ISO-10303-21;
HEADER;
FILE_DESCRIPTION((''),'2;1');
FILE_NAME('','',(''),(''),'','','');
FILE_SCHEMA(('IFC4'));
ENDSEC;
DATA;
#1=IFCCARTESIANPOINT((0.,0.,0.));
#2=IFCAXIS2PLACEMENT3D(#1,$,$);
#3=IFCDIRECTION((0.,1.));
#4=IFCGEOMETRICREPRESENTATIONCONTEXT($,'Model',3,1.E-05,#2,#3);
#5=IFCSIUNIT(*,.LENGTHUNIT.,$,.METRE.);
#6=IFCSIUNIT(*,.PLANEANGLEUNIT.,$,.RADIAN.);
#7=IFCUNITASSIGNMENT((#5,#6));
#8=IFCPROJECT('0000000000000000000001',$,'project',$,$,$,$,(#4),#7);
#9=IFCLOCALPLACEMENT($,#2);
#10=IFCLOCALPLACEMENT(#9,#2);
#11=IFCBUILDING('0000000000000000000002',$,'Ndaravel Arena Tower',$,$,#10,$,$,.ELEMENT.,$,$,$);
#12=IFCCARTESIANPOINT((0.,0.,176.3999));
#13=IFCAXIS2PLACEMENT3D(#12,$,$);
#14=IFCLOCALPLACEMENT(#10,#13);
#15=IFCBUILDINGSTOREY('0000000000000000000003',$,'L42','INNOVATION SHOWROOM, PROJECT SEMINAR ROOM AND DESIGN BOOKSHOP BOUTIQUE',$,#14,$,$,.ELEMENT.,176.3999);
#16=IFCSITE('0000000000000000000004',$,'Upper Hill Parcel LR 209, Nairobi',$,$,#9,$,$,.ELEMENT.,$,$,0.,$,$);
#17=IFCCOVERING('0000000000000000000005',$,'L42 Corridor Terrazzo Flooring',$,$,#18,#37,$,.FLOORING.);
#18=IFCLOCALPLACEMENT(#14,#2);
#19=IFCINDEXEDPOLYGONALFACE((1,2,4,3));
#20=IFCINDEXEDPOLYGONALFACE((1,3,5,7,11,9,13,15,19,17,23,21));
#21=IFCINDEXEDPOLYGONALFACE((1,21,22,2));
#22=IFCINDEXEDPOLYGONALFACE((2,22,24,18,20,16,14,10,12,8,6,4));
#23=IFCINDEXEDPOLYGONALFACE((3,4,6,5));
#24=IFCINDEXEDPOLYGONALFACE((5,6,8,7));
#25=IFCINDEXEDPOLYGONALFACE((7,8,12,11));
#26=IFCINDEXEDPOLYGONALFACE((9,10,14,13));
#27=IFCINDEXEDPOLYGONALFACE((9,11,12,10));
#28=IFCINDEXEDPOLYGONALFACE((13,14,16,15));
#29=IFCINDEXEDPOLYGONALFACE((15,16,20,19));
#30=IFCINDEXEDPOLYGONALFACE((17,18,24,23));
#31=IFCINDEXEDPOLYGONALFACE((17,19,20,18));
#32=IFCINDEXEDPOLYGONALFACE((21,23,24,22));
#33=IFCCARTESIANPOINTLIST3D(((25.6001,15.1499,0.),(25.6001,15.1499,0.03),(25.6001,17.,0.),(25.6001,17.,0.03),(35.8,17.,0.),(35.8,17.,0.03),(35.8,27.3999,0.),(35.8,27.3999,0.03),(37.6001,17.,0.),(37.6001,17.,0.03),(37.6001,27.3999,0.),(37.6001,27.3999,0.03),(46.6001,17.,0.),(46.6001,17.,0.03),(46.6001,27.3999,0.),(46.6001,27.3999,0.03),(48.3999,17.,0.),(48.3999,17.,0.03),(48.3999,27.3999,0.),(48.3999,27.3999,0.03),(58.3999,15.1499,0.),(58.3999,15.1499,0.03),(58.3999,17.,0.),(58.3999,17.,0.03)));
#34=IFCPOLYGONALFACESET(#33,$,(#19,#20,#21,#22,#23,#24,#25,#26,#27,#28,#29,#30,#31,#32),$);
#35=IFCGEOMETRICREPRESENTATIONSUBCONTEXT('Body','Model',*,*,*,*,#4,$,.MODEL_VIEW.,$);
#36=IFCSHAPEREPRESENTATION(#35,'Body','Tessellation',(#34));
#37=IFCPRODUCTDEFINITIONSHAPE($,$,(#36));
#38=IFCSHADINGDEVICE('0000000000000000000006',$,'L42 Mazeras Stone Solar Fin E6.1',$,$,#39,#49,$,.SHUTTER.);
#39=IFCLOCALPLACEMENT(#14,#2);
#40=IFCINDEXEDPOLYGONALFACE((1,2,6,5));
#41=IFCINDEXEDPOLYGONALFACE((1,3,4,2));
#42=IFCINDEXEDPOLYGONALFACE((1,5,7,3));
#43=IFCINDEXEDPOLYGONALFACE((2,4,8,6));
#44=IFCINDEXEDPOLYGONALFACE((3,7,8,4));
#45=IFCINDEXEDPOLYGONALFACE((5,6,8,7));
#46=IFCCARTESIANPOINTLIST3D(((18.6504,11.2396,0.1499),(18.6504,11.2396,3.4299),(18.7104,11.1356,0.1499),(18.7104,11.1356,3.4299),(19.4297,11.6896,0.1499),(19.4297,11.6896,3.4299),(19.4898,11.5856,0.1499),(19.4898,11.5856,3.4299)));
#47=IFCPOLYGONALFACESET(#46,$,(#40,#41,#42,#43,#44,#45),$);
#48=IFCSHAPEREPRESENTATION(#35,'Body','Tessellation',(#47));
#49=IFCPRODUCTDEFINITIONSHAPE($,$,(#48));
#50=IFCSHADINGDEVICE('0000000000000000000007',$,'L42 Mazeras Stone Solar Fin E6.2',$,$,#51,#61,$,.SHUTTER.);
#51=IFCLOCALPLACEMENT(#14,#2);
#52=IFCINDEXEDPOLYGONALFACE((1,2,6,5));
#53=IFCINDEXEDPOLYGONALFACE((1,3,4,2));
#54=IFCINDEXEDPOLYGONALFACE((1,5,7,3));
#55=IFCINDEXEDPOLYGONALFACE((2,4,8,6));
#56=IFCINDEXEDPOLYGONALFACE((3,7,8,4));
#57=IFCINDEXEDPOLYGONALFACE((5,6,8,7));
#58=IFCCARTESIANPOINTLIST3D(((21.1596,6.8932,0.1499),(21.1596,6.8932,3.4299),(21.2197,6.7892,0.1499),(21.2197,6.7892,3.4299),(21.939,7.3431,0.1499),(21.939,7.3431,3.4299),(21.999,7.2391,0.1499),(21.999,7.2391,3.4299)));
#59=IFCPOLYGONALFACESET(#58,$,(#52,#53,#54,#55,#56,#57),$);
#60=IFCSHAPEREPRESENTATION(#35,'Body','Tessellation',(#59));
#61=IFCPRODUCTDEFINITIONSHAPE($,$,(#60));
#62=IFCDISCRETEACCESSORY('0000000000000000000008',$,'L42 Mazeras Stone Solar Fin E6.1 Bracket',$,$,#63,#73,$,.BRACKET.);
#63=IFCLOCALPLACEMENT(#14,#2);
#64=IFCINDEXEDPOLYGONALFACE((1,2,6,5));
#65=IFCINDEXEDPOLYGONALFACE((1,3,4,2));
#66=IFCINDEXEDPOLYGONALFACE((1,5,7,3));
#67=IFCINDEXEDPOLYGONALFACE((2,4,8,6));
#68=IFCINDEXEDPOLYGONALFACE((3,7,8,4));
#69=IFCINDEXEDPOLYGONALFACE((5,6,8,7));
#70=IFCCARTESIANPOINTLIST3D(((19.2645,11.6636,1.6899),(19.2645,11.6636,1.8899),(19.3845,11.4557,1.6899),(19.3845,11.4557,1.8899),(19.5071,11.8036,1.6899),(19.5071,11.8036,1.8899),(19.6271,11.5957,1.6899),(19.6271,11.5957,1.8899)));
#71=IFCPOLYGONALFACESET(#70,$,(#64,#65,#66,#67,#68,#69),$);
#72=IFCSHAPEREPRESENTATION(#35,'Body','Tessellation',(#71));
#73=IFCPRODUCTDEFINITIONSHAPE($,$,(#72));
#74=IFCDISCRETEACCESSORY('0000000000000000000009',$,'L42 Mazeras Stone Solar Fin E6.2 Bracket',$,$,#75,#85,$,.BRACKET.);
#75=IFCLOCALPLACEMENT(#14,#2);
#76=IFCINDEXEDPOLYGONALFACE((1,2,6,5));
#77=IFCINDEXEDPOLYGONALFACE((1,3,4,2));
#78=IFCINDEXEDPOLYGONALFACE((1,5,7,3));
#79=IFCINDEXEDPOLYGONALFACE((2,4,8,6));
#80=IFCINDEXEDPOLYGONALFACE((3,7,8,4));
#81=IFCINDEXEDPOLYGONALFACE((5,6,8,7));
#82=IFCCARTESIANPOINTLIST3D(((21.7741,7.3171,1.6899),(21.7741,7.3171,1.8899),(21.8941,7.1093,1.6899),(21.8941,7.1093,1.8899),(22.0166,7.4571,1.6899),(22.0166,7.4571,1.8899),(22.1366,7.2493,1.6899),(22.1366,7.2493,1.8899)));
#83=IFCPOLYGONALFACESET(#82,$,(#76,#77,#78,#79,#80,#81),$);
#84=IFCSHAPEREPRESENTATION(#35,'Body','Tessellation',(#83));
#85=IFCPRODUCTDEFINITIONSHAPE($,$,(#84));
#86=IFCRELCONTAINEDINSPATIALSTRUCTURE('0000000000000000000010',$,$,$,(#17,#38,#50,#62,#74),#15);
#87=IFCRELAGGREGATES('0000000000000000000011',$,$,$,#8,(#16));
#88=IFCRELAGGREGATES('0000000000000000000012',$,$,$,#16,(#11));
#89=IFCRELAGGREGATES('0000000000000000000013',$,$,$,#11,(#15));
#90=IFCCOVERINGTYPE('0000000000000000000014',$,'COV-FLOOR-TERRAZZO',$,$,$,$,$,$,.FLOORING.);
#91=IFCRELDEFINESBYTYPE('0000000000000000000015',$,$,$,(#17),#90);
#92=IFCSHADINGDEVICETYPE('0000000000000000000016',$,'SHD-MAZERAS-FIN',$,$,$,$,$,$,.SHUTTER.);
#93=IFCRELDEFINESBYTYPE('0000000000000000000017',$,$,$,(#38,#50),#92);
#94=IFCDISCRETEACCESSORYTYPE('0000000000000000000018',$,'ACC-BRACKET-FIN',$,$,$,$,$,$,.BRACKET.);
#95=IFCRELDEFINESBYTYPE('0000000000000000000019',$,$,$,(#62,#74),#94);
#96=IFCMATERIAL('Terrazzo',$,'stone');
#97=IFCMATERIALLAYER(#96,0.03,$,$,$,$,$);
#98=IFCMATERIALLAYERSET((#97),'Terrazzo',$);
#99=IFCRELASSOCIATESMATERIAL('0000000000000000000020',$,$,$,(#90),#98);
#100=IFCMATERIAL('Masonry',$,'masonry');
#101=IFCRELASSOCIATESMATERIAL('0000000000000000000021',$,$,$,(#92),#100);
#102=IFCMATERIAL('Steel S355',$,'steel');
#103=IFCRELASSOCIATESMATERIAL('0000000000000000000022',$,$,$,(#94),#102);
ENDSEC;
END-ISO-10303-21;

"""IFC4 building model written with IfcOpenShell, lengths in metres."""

from ifc_helpers import new_model, si_unit, direction, frame, origin, origin_2d, place, context, subcontext, project, spatial, polyline, rectangle, outline, extrude, material, layer, layer_set, type_object, element, save


model = new_model("IFC4")

# Units and contexts
model_context = context("Model", 3, precision=1e-05, world=origin(), true_north=direction((0.0, 1.0)))
body_context = subcontext(model_context, "Body", "Model", "MODEL_VIEW")
ifc_project = project(units=[si_unit("LENGTHUNIT", "METRE"), si_unit("PLANEANGLEUNIT", "RADIAN")], contexts=[model_context])

# Site, building, storey
site_placement = place(None, origin())
site = spatial("IfcSite", under=ifc_project, at=site_placement, Name="Upper Hill Parcel LR 209, Nairobi", CompositionType="ELEMENT", RefElevation=0.0)
building_placement = place(site_placement, origin())
building = spatial("IfcBuilding", under=site, at=building_placement, Name="Ndaravel Arena Tower", CompositionType="ELEMENT")
storey_placement = place(building_placement, frame((0.0, 0.0, 176.3999)))
storey = spatial("IfcBuildingStorey", under=building, at=storey_placement, Name="L42", Description="INNOVATION SHOWROOM, PROJECT SEMINAR ROOM AND DESIGN BOOKSHOP BOUTIQUE", CompositionType="ELEMENT", Elevation=176.3999)

# Covering
ifc_material_1 = material(Name="Terrazzo", Category="stone")
ifc_layer_1 = layer(ifc_material_1, 0.03)
ifc_layer_set_1 = layer_set([ifc_layer_1], Name="Terrazzo")
covering_type_1 = type_object("IfcCoveringType", Name="COV-FLOOR-TERRAZZO", PredefinedType="FLOORING", material=ifc_layer_set_1)
covering_1_placement = place(storey_placement, origin())
element("IfcCovering", 1, at=covering_1_placement, inside=storey, type_object=covering_type_1, Name="L42 Corridor Terrazzo Flooring", PredefinedType="FLOORING", context=body_context, shape_type="SweptSolid", body=[
    extrude(outline(polyline([(58.3999, 17.0), (48.3999, 17.0), (48.3999, 27.3999), (46.6001, 27.3999), (46.6001, 17.0), (37.6001, 17.0), (37.6001, 27.3999), (35.8, 27.3999), (35.8, 17.0), (25.6001, 17.0), (25.6001, 15.1499), (58.3999, 15.1499), (58.3999, 17.0)])), origin(), (0.0, 0.0, 1.0), 0.03),
])

# Shading devices
ifc_material_2 = material(Name="Masonry", Category="masonry")
shading_device_type = type_object("IfcShadingDeviceType", Name="SHD-MAZERAS-FIN", PredefinedType="SHUTTER", material=ifc_material_2)
for number, where, z_axis, x_axis, name in (
    (2, (19.0701, 11.4126, 0.1499), (0.0, 0.0, 1.0), (-0.866025, -0.5, 0.0), "L42 Mazeras Stone Solar Fin E6.1"),
    (3, (21.5793, 7.0662, 0.1499), (0.0, 0.0, 1.0), (-0.866025, -0.5, 0.0), "L42 Mazeras Stone Solar Fin E6.2"),
):
    element("IfcShadingDevice", number, at=place(storey_placement, frame(where, z_axis=z_axis, x_axis=x_axis)), inside=storey, type_object=shading_device_type, Name=name, PredefinedType="SHUTTER", context=body_context, shape_type="SweptSolid", body=[
        extrude(rectangle(XDim=0.8999, YDim=0.1201, at=origin_2d()), origin(), (0.0, 0.0, 1.0), 3.28),
    ])

# Discrete accessories
ifc_material_3 = material(Name="Steel S355", Category="steel")
discrete_accessory_type = type_object("IfcDiscreteAccessoryType", Name="ACC-BRACKET-FIN", PredefinedType="BRACKET", material=ifc_material_3)
for number, where, z_axis, x_axis, name in (
    (4, (19.4458, 11.6296, 1.6899), (0.0, 0.0, 1.0), (-0.866025, -0.5, 0.0), "L42 Mazeras Stone Solar Fin E6.1 Bracket"),
    (5, (21.9553, 7.2832, 1.6899), (0.0, 0.0, 1.0), (-0.866025, -0.5, 0.0), "L42 Mazeras Stone Solar Fin E6.2 Bracket"),
):
    element("IfcDiscreteAccessory", number, at=place(storey_placement, frame(where, z_axis=z_axis, x_axis=x_axis)), inside=storey, type_object=discrete_accessory_type, Name=name, PredefinedType="BRACKET", context=body_context, shape_type="SweptSolid", body=[
        extrude(rectangle(XDim=0.28, YDim=0.24, at=origin_2d()), origin(), (0.0, 0.0, 1.0), 0.2),
    ])

save(model, "model.ifc")
